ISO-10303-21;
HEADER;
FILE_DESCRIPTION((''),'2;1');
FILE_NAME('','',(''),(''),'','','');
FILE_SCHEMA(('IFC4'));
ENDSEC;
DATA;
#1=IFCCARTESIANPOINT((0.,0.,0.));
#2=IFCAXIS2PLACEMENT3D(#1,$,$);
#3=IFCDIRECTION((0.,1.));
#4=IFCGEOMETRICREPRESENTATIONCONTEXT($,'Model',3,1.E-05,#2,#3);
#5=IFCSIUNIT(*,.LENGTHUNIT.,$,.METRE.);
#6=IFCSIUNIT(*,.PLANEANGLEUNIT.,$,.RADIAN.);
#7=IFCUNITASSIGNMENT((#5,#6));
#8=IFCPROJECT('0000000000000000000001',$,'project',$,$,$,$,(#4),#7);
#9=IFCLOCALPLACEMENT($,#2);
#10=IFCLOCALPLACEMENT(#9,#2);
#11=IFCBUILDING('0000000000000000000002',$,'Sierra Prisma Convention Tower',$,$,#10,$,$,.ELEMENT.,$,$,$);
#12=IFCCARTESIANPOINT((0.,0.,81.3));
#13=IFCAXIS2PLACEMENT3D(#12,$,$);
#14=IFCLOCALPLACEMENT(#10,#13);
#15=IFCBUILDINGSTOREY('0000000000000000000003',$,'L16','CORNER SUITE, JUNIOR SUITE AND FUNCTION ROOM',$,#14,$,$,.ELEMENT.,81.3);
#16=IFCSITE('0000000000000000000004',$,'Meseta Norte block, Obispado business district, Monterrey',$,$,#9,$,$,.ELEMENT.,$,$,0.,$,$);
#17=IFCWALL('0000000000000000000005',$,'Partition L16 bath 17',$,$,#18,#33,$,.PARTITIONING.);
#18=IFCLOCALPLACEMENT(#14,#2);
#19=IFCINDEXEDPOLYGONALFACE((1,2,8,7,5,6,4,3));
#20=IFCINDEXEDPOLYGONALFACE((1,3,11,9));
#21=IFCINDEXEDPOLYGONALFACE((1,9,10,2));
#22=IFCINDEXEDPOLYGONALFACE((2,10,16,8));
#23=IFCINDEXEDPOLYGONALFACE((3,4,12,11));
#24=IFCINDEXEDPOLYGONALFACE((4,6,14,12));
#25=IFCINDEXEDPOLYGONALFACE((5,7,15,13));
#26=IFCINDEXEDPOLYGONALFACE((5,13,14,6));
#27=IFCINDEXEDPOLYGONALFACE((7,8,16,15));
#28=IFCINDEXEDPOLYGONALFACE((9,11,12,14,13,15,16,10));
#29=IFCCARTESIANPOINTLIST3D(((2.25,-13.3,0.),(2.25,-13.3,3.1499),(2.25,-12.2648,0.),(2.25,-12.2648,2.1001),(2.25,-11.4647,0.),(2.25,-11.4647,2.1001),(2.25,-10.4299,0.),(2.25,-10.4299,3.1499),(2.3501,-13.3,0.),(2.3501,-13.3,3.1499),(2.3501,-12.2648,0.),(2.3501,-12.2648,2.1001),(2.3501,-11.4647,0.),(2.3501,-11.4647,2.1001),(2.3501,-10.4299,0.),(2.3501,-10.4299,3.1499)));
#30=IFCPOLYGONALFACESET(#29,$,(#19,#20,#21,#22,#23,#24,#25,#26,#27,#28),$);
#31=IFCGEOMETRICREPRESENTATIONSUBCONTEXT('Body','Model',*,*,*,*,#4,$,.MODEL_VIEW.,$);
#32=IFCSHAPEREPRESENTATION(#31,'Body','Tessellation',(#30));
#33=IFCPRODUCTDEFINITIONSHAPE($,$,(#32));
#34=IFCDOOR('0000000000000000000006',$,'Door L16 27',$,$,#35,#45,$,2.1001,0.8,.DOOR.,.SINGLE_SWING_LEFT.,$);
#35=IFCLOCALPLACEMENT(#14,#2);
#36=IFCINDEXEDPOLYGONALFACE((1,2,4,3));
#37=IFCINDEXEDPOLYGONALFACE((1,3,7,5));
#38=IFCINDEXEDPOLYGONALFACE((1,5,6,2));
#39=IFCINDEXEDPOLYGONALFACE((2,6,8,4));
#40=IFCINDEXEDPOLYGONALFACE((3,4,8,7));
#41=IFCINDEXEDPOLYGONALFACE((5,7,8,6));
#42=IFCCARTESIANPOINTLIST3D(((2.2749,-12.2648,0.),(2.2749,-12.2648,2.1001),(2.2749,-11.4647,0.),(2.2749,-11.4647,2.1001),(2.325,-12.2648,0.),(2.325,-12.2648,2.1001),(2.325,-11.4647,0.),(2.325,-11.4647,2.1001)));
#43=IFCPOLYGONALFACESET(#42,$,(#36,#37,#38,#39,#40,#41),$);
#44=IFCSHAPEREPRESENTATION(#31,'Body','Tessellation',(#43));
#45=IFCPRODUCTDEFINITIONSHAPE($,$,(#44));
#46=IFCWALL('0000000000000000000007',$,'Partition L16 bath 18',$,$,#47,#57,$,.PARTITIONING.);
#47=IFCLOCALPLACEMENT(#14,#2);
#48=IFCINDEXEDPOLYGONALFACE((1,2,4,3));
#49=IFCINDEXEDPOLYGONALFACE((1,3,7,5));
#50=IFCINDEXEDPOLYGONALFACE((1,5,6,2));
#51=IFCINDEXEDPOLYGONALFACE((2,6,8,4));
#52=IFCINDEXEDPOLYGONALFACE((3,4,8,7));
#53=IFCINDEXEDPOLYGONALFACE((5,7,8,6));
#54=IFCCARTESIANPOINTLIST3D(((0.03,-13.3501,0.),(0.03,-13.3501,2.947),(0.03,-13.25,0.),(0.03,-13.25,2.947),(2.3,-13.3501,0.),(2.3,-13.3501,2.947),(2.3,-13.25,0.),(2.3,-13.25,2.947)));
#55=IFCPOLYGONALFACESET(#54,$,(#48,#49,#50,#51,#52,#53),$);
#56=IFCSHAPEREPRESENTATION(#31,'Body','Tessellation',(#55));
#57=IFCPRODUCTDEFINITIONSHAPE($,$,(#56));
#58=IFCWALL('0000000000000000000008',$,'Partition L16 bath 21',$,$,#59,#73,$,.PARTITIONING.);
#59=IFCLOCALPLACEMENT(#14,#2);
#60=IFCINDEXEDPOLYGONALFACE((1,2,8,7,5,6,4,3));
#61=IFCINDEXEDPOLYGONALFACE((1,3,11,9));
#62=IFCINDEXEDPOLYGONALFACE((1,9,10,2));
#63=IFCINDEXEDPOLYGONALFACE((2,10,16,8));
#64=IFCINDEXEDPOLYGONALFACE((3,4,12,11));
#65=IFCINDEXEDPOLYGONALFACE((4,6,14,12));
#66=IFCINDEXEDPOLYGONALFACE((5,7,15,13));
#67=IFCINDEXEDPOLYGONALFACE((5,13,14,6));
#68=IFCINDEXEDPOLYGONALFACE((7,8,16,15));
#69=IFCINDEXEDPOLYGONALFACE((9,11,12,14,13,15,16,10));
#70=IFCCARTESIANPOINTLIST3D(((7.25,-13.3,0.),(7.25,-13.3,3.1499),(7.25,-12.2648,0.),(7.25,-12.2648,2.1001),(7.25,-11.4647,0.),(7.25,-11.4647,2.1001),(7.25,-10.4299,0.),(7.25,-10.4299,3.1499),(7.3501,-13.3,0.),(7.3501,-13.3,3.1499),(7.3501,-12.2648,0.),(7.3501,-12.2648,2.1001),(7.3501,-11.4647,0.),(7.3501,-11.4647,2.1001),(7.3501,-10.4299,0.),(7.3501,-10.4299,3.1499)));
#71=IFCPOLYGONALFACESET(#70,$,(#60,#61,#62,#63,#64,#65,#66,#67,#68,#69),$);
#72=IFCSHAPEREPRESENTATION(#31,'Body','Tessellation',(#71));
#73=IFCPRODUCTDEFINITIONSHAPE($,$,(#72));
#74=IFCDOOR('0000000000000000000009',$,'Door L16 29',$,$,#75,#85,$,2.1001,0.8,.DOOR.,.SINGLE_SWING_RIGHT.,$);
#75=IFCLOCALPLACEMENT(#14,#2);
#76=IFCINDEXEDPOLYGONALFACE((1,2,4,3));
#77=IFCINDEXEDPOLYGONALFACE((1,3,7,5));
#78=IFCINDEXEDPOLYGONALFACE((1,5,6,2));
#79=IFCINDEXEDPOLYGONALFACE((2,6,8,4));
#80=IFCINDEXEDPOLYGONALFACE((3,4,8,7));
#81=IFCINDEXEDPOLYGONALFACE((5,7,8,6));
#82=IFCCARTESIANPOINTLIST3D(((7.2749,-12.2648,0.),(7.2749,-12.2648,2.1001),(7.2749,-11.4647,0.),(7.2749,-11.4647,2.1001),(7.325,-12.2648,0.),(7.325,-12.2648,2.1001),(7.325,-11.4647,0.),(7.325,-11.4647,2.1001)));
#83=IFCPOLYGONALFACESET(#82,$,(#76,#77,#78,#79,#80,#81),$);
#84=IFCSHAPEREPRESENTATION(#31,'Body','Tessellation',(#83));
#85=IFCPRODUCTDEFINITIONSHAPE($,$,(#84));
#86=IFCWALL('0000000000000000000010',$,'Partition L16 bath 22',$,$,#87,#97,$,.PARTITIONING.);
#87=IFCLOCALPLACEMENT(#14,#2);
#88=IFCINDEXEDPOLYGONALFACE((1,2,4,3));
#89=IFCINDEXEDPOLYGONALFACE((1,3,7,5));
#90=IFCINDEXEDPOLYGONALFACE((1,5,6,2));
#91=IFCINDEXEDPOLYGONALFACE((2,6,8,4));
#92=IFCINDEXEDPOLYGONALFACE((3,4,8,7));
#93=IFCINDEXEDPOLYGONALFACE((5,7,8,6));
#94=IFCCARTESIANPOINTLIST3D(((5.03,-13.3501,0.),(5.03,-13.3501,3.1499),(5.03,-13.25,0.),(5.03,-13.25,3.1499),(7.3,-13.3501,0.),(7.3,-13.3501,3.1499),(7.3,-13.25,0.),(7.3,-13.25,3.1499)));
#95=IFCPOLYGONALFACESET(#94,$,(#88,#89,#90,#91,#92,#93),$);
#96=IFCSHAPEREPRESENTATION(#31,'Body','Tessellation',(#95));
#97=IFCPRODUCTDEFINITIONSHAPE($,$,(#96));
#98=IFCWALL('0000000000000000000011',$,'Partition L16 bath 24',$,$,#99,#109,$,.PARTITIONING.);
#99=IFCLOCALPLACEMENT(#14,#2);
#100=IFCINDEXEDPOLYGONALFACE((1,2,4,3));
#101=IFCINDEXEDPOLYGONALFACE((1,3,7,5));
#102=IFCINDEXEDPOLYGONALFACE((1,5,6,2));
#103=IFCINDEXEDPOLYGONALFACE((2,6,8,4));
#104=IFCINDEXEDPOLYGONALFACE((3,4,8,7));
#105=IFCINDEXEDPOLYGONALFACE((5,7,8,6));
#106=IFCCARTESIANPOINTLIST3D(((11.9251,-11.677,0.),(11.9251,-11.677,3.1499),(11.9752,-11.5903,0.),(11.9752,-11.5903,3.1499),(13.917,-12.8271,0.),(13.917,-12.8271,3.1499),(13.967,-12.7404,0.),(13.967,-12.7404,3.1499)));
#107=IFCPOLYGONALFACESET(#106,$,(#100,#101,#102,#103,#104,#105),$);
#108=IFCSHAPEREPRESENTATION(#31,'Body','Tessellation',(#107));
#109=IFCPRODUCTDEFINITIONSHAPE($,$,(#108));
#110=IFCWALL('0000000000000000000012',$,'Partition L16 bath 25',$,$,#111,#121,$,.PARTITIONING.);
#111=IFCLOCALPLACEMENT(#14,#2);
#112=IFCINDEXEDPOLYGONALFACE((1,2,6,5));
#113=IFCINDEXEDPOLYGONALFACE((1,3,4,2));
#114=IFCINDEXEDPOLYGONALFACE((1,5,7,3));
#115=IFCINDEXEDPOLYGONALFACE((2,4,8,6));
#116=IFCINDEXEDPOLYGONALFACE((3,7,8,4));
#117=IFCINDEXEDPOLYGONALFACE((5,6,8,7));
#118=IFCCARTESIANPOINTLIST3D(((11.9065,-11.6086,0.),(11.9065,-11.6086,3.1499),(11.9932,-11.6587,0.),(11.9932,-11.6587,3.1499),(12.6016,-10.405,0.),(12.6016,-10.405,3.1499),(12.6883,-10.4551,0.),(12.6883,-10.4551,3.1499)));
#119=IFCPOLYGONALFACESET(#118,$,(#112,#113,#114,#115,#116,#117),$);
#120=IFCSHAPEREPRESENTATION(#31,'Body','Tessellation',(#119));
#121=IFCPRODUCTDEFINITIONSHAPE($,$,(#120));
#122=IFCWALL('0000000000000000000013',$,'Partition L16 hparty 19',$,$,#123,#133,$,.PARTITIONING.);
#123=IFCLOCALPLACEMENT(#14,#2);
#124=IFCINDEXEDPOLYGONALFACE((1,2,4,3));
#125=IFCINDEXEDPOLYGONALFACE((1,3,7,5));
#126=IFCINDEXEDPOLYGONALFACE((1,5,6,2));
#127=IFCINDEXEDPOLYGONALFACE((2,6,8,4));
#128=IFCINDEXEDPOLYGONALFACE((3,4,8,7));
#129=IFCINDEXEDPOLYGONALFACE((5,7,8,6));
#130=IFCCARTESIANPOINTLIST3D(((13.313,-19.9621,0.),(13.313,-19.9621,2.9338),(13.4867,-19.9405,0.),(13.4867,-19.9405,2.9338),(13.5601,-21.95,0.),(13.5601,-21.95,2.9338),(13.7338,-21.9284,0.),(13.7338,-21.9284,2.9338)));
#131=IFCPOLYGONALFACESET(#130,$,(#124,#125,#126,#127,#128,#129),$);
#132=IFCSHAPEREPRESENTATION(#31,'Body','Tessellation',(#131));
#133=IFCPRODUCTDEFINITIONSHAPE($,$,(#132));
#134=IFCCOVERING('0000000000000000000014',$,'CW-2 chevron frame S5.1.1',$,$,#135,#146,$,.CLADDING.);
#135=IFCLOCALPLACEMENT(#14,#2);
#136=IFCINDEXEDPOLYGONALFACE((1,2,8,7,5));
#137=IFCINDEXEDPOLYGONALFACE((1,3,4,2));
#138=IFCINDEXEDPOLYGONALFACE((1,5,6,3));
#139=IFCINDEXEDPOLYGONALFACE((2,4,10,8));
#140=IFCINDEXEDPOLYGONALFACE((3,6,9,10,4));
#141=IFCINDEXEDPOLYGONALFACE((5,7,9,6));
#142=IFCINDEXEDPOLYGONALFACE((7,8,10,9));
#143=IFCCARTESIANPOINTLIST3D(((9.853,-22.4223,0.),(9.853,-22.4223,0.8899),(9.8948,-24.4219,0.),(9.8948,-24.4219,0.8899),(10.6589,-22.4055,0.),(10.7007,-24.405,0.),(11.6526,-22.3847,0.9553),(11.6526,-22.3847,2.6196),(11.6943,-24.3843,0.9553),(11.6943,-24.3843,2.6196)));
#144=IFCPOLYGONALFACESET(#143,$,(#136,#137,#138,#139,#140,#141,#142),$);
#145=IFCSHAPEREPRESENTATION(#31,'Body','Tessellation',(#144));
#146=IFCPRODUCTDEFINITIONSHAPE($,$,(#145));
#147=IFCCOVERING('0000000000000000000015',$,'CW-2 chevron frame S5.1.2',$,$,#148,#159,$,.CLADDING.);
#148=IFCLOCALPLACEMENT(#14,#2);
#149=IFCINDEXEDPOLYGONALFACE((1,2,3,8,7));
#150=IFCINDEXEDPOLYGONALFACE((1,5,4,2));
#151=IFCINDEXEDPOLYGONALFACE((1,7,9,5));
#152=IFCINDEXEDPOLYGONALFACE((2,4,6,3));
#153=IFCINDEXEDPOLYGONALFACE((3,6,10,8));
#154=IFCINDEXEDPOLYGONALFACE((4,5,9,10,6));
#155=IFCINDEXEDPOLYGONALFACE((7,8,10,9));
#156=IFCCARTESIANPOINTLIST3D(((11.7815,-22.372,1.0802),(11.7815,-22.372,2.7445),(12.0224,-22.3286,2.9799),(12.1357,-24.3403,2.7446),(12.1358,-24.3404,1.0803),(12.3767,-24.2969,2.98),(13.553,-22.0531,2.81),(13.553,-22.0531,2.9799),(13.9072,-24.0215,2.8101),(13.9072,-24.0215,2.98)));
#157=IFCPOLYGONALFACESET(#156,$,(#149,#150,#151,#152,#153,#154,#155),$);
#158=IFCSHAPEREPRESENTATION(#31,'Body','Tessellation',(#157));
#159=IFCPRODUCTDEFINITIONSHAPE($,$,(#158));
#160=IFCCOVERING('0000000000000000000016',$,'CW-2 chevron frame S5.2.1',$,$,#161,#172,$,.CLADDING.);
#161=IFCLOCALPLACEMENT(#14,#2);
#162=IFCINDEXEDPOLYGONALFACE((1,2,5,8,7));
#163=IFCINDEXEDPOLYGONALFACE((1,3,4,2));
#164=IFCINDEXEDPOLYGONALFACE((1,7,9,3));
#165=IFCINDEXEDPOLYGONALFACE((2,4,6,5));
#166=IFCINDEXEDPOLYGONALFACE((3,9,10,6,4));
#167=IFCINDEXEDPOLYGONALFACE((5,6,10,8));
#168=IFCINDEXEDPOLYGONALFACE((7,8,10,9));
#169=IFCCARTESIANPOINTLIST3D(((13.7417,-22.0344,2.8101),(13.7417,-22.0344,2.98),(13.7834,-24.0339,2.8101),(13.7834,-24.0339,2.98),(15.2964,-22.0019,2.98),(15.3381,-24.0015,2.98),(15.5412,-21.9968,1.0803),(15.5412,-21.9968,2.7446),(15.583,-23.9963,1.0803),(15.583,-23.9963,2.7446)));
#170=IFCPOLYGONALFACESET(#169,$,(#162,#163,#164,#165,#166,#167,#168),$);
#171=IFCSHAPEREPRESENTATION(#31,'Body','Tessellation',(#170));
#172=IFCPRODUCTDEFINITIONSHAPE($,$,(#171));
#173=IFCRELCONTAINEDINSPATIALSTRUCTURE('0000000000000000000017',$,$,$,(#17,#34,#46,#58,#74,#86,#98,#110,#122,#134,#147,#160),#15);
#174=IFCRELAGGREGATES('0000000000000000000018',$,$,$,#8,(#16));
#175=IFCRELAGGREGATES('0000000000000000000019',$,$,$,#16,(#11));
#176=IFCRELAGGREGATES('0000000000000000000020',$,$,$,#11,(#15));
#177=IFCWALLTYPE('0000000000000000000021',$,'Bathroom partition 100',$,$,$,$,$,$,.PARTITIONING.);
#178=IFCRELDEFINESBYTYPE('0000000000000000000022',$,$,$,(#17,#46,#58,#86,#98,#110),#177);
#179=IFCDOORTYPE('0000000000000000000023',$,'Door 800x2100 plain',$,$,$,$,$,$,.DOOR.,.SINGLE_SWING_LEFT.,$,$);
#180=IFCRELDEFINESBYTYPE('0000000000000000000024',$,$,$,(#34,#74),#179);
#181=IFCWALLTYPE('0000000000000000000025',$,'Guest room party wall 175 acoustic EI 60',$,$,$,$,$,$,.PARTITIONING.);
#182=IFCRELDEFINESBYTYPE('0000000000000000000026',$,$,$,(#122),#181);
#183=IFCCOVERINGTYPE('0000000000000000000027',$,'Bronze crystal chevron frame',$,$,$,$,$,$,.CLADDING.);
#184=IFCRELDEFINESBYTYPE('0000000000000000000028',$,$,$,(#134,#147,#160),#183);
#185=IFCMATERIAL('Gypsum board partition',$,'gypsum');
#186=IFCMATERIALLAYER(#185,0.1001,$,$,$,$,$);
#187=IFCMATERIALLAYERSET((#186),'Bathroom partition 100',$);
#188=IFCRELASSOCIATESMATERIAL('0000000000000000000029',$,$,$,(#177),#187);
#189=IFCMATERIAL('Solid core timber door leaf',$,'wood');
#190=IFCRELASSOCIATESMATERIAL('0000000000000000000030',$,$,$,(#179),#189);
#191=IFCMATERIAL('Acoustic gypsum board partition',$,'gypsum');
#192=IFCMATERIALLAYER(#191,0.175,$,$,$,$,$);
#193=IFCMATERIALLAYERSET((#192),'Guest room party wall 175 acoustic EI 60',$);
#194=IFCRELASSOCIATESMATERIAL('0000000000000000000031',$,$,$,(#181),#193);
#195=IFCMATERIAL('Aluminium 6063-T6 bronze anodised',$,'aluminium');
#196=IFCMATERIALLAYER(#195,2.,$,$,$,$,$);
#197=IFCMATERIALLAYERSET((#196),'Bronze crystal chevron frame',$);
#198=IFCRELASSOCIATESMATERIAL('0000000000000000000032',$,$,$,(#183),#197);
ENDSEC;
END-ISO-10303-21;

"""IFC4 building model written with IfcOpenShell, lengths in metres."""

from ifc_helpers import new_model, si_unit, direction, frame, frame_2d, origin, place, context, subcontext, project, spatial, polyline, rectangle, outline, extrude, material, layer, layer_set, type_object, element, fill, save


model = new_model("IFC4")

# Units and contexts
model_context = context("Model", 3, precision=1e-05, world=origin(), true_north=direction((0.0, 1.0)))
body_context = subcontext(model_context, "Body", "Model", "MODEL_VIEW")
ifc_project = project(units=[si_unit("LENGTHUNIT", "METRE"), si_unit("PLANEANGLEUNIT", "RADIAN")], contexts=[model_context])

# Site, building, storey
site_placement = place(None, origin())
site = spatial("IfcSite", under=ifc_project, at=site_placement, Name="Meseta Norte block, Obispado business district, Monterrey", CompositionType="ELEMENT", RefElevation=0.0)
building_placement = place(site_placement, origin())
building = spatial("IfcBuilding", under=site, at=building_placement, Name="Sierra Prisma Convention Tower", CompositionType="ELEMENT")
storey_placement = place(building_placement, frame((0.0, 0.0, 81.3)))
storey = spatial("IfcBuildingStorey", under=building, at=storey_placement, Name="L16", Description="CORNER SUITE, JUNIOR SUITE AND FUNCTION ROOM", CompositionType="ELEMENT", Elevation=81.3)

# Wall, opening, door
ifc_material_1 = material(Name="Gypsum board partition", Category="gypsum")
ifc_layer_1 = layer(ifc_material_1, 0.1001)
ifc_layer_set_1 = layer_set([ifc_layer_1], Name="Bathroom partition 100")
wall_type_1 = type_object("IfcWallType", Name="Bathroom partition 100", PredefinedType="PARTITIONING", material=ifc_layer_set_1)
wall_1_placement = place(storey_placement, frame((2.3, -10.4299, 0.0), z_axis=(0.0, 0.0, 1.0), x_axis=(0.0, -1.0, 0.0)))
wall_1 = element("IfcWall", 1, at=wall_1_placement, inside=storey, type_object=wall_type_1, Name="Partition L16 bath 17", PredefinedType="PARTITIONING", context=body_context, shape_type="SweptSolid", body=[
    extrude(rectangle(XDim=2.8701, YDim=0.1001, at=frame_2d((1.4351, 0.0))), origin(), (0.0, 0.0, 1.0), 3.1499),
])
opening_1_placement = place(wall_1_placement, frame((1.0349, 0.0, 0.0)))
opening_1 = element("IfcOpeningElement", 2, at=opening_1_placement, cuts=wall_1, PredefinedType="OPENING", context=body_context, shape_type="SweptSolid", body=[
    extrude(rectangle(XDim=0.8, YDim=2.1001, at=frame_2d((0.3999, 1.05))), frame((0.0, 0.05, 0.0), z_axis=(0.0, -1.0, 0.0), x_axis=(1.0, 0.0, 0.0)), (0.0, 0.0, 1.0), 0.1001),
])
ifc_material_2 = material(Name="Solid core timber door leaf", Category="wood")
door_type = type_object("IfcDoorType", Name="Door 800x2100 plain", OperationType="SINGLE_SWING_LEFT", PredefinedType="DOOR", material=ifc_material_2)
door_1_placement = place(opening_1_placement, origin())
door_1 = element("IfcDoor", 3, at=door_1_placement, inside=storey, type_object=door_type, Name="Door L16 27", OperationType="SINGLE_SWING_LEFT", OverallHeight=2.1001, OverallWidth=0.8, PredefinedType="DOOR", context=body_context, shape_type="SweptSolid", body=[
    extrude(rectangle(XDim=0.8, YDim=2.1001, at=frame_2d((0.3999, 1.05))), frame((0.0, 0.0249, 0.0), z_axis=(0.0, -1.0, 0.0), x_axis=(1.0, 0.0, 0.0)), (0.0, 0.0, 1.0), 0.05),
])
fill(opening_1, door_1)

# Wall
wall_2_placement = place(storey_placement, frame((2.3, -13.3, 0.0), z_axis=(0.0, 0.0, 1.0), x_axis=(-1.0, 0.0, 0.0)))
element("IfcWall", 4, at=wall_2_placement, inside=storey, type_object=wall_type_1, Name="Partition L16 bath 18", PredefinedType="PARTITIONING", context=body_context, shape_type="SweptSolid", body=[
    extrude(rectangle(XDim=2.27, YDim=0.1001, at=frame_2d((1.135, 0.0))), origin(), (0.0, 0.0, 1.0), 2.947),
])

# Wall, opening, door
wall_3_placement = place(storey_placement, frame((7.3, -10.4299, 0.0), z_axis=(0.0, 0.0, 1.0), x_axis=(0.0, -1.0, 0.0)))
wall_3 = element("IfcWall", 5, at=wall_3_placement, inside=storey, type_object=wall_type_1, Name="Partition L16 bath 21", PredefinedType="PARTITIONING", context=body_context, shape_type="SweptSolid", body=[
    extrude(rectangle(XDim=2.8701, YDim=0.1001, at=frame_2d((1.4351, 0.0))), origin(), (0.0, 0.0, 1.0), 3.1499),
])
opening_2_placement = place(wall_3_placement, frame((1.0349, 0.0, 0.0)))
opening_2 = element("IfcOpeningElement", 6, at=opening_2_placement, cuts=wall_3, PredefinedType="OPENING", context=body_context, shape_type="SweptSolid", body=[
    extrude(rectangle(XDim=0.8, YDim=2.1001, at=frame_2d((0.3999, 1.05))), frame((0.0, 0.05, 0.0), z_axis=(0.0, -1.0, 0.0), x_axis=(1.0, 0.0, 0.0)), (0.0, 0.0, 1.0), 0.1001),
])
door_2_placement = place(opening_2_placement, origin())
door_2 = element("IfcDoor", 7, at=door_2_placement, inside=storey, type_object=door_type, Name="Door L16 29", OperationType="SINGLE_SWING_RIGHT", OverallHeight=2.1001, OverallWidth=0.8, PredefinedType="DOOR", context=body_context, shape_type="SweptSolid", body=[
    extrude(rectangle(XDim=0.8, YDim=2.1001, at=frame_2d((0.3999, 1.05))), frame((0.0, 0.0249, 0.0), z_axis=(0.0, -1.0, 0.0), x_axis=(1.0, 0.0, 0.0)), (0.0, 0.0, 1.0), 0.05),
])
fill(opening_2, door_2)

# Walls
wall_4_placement = place(storey_placement, frame((7.3, -13.3, 0.0), z_axis=(0.0, 0.0, 1.0), x_axis=(-1.0, 0.0, 0.0)))
element("IfcWall", 8, at=wall_4_placement, inside=storey, type_object=wall_type_1, Name="Partition L16 bath 22", PredefinedType="PARTITIONING", context=body_context, shape_type="SweptSolid", body=[
    extrude(rectangle(XDim=2.27, YDim=0.1001, at=frame_2d((1.135, 0.0))), origin(), (0.0, 0.0, 1.0), 3.1499),
])
wall_5_placement = place(storey_placement, frame((13.9419, -12.7837, 0.0), z_axis=(0.0, 0.0, 1.0), x_axis=(-0.866007, 0.500032, 0.0)))
element("IfcWall", 9, at=wall_5_placement, inside=storey, type_object=wall_type_1, Name="Partition L16 bath 24", PredefinedType="PARTITIONING", context=body_context, shape_type="SweptSolid", body=[
    extrude(rectangle(XDim=2.3, YDim=0.1001, at=frame_2d((1.1499, 0.0))), origin(), (0.0, 0.0, 1.0), 3.1499),
])
wall_6_placement = place(storey_placement, frame((11.95, -11.6335, 0.0), z_axis=(0.0, 0.0, 1.0), x_axis=(0.500087, 0.865975, 0.0)))
element("IfcWall", 10, at=wall_6_placement, inside=storey, type_object=wall_type_1, Name="Partition L16 bath 25", PredefinedType="PARTITIONING", context=body_context, shape_type="SweptSolid", body=[
    extrude(rectangle(XDim=1.3899, YDim=0.1001, at=frame_2d((0.6948, 0.0))), origin(), (0.0, 0.0, 1.0), 3.1499),
])
ifc_material_3 = material(Name="Acoustic gypsum board partition", Category="gypsum")
ifc_layer_2 = layer(ifc_material_3, 0.175)
ifc_layer_set_2 = layer_set([ifc_layer_2], Name="Guest room party wall 175 acoustic EI 60")
wall_type_2 = type_object("IfcWallType", Name="Guest room party wall 175 acoustic EI 60", PredefinedType="PARTITIONING", material=ifc_layer_set_2)
wall_7_placement = place(storey_placement, frame((13.3999, -19.9514, 0.0), z_axis=(0.0, 0.0, 1.0), x_axis=(0.123345, -0.992364, 0.0)))
element("IfcWall", 11, at=wall_7_placement, inside=storey, type_object=wall_type_2, Name="Partition L16 hparty 19", PredefinedType="PARTITIONING", context=body_context, shape_type="SweptSolid", body=[
    extrude(rectangle(XDim=2.0032, YDim=0.175, at=frame_2d((1.0015, 0.0))), origin(), (0.0, 0.0, 1.0), 2.9338),
])

# Coverings
ifc_material_4 = material(Name="Aluminium 6063-T6 bronze anodised", Category="aluminium")
ifc_layer_3 = layer(ifc_material_4, 2.0)
ifc_layer_set_3 = layer_set([ifc_layer_3], Name="Bronze crystal chevron frame")
covering_type = type_object("IfcCoveringType", Name="Bronze crystal chevron frame", PredefinedType="CLADDING", material=ifc_layer_set_3)
covering_1_placement = place(storey_placement, frame((9.8948, -24.4219, 0.0), z_axis=(0.02089, -0.999782, -0.000003), x_axis=(0.999782, 0.02089, 0.0)))
element("IfcCovering", 12, at=covering_1_placement, inside=storey, type_object=covering_type, Name="CW-2 chevron frame S5.1.1", PredefinedType="CLADDING", context=body_context, shape_type="SweptSolid", body=[
    extrude(outline(polyline([(0.0, 0.0), (0.8061, 0.0), (1.8, 0.9553), (1.8, 2.6196), (0.0, 0.8899), (0.0, 0.0)])), origin(), (0.0, 0.0, -1.0), 2.0),
])
covering_2_placement = place(storey_placement, frame((12.1357, -24.3403, 2.7446), z_axis=(0.177137, -0.984186, 0.000041), x_axis=(0.000007, -0.000041, -1.0)))
element("IfcCovering", 13, at=covering_2_placement, inside=storey, type_object=covering_type, Name="CW-2 chevron frame S5.1.2", PredefinedType="CLADDING", context=body_context, shape_type="SweptSolid", body=[
    extrude(outline(polyline([(0.0, 0.0), (1.6643, 0.0), (-0.0654, 1.8), (-0.2354, 1.8), (-0.2354, 0.2449), (0.0, 0.0)])), origin(), (0.0, 0.0, -1.0), 2.0),
])
covering_3_placement = place(storey_placement, frame((13.7834, -24.0339, 2.98), z_axis=(0.020887, -0.999782, -0.000005), x_axis=(0.0, 0.000005, -1.0)))
element("IfcCovering", 14, at=covering_3_placement, inside=storey, type_object=covering_type, Name="CW-2 chevron frame S5.2.1", PredefinedType="CLADDING", context=body_context, shape_type="SweptSolid", body=[
    extrude(outline(polyline([(0.0, 0.0), (0.1699, 0.0), (1.8997, 1.8), (0.2354, 1.8), (0.0, 1.555), (0.0, 0.0)])), origin(), (0.0, 0.0, -1.0), 2.0),
])

save(model, "model.ifc")
